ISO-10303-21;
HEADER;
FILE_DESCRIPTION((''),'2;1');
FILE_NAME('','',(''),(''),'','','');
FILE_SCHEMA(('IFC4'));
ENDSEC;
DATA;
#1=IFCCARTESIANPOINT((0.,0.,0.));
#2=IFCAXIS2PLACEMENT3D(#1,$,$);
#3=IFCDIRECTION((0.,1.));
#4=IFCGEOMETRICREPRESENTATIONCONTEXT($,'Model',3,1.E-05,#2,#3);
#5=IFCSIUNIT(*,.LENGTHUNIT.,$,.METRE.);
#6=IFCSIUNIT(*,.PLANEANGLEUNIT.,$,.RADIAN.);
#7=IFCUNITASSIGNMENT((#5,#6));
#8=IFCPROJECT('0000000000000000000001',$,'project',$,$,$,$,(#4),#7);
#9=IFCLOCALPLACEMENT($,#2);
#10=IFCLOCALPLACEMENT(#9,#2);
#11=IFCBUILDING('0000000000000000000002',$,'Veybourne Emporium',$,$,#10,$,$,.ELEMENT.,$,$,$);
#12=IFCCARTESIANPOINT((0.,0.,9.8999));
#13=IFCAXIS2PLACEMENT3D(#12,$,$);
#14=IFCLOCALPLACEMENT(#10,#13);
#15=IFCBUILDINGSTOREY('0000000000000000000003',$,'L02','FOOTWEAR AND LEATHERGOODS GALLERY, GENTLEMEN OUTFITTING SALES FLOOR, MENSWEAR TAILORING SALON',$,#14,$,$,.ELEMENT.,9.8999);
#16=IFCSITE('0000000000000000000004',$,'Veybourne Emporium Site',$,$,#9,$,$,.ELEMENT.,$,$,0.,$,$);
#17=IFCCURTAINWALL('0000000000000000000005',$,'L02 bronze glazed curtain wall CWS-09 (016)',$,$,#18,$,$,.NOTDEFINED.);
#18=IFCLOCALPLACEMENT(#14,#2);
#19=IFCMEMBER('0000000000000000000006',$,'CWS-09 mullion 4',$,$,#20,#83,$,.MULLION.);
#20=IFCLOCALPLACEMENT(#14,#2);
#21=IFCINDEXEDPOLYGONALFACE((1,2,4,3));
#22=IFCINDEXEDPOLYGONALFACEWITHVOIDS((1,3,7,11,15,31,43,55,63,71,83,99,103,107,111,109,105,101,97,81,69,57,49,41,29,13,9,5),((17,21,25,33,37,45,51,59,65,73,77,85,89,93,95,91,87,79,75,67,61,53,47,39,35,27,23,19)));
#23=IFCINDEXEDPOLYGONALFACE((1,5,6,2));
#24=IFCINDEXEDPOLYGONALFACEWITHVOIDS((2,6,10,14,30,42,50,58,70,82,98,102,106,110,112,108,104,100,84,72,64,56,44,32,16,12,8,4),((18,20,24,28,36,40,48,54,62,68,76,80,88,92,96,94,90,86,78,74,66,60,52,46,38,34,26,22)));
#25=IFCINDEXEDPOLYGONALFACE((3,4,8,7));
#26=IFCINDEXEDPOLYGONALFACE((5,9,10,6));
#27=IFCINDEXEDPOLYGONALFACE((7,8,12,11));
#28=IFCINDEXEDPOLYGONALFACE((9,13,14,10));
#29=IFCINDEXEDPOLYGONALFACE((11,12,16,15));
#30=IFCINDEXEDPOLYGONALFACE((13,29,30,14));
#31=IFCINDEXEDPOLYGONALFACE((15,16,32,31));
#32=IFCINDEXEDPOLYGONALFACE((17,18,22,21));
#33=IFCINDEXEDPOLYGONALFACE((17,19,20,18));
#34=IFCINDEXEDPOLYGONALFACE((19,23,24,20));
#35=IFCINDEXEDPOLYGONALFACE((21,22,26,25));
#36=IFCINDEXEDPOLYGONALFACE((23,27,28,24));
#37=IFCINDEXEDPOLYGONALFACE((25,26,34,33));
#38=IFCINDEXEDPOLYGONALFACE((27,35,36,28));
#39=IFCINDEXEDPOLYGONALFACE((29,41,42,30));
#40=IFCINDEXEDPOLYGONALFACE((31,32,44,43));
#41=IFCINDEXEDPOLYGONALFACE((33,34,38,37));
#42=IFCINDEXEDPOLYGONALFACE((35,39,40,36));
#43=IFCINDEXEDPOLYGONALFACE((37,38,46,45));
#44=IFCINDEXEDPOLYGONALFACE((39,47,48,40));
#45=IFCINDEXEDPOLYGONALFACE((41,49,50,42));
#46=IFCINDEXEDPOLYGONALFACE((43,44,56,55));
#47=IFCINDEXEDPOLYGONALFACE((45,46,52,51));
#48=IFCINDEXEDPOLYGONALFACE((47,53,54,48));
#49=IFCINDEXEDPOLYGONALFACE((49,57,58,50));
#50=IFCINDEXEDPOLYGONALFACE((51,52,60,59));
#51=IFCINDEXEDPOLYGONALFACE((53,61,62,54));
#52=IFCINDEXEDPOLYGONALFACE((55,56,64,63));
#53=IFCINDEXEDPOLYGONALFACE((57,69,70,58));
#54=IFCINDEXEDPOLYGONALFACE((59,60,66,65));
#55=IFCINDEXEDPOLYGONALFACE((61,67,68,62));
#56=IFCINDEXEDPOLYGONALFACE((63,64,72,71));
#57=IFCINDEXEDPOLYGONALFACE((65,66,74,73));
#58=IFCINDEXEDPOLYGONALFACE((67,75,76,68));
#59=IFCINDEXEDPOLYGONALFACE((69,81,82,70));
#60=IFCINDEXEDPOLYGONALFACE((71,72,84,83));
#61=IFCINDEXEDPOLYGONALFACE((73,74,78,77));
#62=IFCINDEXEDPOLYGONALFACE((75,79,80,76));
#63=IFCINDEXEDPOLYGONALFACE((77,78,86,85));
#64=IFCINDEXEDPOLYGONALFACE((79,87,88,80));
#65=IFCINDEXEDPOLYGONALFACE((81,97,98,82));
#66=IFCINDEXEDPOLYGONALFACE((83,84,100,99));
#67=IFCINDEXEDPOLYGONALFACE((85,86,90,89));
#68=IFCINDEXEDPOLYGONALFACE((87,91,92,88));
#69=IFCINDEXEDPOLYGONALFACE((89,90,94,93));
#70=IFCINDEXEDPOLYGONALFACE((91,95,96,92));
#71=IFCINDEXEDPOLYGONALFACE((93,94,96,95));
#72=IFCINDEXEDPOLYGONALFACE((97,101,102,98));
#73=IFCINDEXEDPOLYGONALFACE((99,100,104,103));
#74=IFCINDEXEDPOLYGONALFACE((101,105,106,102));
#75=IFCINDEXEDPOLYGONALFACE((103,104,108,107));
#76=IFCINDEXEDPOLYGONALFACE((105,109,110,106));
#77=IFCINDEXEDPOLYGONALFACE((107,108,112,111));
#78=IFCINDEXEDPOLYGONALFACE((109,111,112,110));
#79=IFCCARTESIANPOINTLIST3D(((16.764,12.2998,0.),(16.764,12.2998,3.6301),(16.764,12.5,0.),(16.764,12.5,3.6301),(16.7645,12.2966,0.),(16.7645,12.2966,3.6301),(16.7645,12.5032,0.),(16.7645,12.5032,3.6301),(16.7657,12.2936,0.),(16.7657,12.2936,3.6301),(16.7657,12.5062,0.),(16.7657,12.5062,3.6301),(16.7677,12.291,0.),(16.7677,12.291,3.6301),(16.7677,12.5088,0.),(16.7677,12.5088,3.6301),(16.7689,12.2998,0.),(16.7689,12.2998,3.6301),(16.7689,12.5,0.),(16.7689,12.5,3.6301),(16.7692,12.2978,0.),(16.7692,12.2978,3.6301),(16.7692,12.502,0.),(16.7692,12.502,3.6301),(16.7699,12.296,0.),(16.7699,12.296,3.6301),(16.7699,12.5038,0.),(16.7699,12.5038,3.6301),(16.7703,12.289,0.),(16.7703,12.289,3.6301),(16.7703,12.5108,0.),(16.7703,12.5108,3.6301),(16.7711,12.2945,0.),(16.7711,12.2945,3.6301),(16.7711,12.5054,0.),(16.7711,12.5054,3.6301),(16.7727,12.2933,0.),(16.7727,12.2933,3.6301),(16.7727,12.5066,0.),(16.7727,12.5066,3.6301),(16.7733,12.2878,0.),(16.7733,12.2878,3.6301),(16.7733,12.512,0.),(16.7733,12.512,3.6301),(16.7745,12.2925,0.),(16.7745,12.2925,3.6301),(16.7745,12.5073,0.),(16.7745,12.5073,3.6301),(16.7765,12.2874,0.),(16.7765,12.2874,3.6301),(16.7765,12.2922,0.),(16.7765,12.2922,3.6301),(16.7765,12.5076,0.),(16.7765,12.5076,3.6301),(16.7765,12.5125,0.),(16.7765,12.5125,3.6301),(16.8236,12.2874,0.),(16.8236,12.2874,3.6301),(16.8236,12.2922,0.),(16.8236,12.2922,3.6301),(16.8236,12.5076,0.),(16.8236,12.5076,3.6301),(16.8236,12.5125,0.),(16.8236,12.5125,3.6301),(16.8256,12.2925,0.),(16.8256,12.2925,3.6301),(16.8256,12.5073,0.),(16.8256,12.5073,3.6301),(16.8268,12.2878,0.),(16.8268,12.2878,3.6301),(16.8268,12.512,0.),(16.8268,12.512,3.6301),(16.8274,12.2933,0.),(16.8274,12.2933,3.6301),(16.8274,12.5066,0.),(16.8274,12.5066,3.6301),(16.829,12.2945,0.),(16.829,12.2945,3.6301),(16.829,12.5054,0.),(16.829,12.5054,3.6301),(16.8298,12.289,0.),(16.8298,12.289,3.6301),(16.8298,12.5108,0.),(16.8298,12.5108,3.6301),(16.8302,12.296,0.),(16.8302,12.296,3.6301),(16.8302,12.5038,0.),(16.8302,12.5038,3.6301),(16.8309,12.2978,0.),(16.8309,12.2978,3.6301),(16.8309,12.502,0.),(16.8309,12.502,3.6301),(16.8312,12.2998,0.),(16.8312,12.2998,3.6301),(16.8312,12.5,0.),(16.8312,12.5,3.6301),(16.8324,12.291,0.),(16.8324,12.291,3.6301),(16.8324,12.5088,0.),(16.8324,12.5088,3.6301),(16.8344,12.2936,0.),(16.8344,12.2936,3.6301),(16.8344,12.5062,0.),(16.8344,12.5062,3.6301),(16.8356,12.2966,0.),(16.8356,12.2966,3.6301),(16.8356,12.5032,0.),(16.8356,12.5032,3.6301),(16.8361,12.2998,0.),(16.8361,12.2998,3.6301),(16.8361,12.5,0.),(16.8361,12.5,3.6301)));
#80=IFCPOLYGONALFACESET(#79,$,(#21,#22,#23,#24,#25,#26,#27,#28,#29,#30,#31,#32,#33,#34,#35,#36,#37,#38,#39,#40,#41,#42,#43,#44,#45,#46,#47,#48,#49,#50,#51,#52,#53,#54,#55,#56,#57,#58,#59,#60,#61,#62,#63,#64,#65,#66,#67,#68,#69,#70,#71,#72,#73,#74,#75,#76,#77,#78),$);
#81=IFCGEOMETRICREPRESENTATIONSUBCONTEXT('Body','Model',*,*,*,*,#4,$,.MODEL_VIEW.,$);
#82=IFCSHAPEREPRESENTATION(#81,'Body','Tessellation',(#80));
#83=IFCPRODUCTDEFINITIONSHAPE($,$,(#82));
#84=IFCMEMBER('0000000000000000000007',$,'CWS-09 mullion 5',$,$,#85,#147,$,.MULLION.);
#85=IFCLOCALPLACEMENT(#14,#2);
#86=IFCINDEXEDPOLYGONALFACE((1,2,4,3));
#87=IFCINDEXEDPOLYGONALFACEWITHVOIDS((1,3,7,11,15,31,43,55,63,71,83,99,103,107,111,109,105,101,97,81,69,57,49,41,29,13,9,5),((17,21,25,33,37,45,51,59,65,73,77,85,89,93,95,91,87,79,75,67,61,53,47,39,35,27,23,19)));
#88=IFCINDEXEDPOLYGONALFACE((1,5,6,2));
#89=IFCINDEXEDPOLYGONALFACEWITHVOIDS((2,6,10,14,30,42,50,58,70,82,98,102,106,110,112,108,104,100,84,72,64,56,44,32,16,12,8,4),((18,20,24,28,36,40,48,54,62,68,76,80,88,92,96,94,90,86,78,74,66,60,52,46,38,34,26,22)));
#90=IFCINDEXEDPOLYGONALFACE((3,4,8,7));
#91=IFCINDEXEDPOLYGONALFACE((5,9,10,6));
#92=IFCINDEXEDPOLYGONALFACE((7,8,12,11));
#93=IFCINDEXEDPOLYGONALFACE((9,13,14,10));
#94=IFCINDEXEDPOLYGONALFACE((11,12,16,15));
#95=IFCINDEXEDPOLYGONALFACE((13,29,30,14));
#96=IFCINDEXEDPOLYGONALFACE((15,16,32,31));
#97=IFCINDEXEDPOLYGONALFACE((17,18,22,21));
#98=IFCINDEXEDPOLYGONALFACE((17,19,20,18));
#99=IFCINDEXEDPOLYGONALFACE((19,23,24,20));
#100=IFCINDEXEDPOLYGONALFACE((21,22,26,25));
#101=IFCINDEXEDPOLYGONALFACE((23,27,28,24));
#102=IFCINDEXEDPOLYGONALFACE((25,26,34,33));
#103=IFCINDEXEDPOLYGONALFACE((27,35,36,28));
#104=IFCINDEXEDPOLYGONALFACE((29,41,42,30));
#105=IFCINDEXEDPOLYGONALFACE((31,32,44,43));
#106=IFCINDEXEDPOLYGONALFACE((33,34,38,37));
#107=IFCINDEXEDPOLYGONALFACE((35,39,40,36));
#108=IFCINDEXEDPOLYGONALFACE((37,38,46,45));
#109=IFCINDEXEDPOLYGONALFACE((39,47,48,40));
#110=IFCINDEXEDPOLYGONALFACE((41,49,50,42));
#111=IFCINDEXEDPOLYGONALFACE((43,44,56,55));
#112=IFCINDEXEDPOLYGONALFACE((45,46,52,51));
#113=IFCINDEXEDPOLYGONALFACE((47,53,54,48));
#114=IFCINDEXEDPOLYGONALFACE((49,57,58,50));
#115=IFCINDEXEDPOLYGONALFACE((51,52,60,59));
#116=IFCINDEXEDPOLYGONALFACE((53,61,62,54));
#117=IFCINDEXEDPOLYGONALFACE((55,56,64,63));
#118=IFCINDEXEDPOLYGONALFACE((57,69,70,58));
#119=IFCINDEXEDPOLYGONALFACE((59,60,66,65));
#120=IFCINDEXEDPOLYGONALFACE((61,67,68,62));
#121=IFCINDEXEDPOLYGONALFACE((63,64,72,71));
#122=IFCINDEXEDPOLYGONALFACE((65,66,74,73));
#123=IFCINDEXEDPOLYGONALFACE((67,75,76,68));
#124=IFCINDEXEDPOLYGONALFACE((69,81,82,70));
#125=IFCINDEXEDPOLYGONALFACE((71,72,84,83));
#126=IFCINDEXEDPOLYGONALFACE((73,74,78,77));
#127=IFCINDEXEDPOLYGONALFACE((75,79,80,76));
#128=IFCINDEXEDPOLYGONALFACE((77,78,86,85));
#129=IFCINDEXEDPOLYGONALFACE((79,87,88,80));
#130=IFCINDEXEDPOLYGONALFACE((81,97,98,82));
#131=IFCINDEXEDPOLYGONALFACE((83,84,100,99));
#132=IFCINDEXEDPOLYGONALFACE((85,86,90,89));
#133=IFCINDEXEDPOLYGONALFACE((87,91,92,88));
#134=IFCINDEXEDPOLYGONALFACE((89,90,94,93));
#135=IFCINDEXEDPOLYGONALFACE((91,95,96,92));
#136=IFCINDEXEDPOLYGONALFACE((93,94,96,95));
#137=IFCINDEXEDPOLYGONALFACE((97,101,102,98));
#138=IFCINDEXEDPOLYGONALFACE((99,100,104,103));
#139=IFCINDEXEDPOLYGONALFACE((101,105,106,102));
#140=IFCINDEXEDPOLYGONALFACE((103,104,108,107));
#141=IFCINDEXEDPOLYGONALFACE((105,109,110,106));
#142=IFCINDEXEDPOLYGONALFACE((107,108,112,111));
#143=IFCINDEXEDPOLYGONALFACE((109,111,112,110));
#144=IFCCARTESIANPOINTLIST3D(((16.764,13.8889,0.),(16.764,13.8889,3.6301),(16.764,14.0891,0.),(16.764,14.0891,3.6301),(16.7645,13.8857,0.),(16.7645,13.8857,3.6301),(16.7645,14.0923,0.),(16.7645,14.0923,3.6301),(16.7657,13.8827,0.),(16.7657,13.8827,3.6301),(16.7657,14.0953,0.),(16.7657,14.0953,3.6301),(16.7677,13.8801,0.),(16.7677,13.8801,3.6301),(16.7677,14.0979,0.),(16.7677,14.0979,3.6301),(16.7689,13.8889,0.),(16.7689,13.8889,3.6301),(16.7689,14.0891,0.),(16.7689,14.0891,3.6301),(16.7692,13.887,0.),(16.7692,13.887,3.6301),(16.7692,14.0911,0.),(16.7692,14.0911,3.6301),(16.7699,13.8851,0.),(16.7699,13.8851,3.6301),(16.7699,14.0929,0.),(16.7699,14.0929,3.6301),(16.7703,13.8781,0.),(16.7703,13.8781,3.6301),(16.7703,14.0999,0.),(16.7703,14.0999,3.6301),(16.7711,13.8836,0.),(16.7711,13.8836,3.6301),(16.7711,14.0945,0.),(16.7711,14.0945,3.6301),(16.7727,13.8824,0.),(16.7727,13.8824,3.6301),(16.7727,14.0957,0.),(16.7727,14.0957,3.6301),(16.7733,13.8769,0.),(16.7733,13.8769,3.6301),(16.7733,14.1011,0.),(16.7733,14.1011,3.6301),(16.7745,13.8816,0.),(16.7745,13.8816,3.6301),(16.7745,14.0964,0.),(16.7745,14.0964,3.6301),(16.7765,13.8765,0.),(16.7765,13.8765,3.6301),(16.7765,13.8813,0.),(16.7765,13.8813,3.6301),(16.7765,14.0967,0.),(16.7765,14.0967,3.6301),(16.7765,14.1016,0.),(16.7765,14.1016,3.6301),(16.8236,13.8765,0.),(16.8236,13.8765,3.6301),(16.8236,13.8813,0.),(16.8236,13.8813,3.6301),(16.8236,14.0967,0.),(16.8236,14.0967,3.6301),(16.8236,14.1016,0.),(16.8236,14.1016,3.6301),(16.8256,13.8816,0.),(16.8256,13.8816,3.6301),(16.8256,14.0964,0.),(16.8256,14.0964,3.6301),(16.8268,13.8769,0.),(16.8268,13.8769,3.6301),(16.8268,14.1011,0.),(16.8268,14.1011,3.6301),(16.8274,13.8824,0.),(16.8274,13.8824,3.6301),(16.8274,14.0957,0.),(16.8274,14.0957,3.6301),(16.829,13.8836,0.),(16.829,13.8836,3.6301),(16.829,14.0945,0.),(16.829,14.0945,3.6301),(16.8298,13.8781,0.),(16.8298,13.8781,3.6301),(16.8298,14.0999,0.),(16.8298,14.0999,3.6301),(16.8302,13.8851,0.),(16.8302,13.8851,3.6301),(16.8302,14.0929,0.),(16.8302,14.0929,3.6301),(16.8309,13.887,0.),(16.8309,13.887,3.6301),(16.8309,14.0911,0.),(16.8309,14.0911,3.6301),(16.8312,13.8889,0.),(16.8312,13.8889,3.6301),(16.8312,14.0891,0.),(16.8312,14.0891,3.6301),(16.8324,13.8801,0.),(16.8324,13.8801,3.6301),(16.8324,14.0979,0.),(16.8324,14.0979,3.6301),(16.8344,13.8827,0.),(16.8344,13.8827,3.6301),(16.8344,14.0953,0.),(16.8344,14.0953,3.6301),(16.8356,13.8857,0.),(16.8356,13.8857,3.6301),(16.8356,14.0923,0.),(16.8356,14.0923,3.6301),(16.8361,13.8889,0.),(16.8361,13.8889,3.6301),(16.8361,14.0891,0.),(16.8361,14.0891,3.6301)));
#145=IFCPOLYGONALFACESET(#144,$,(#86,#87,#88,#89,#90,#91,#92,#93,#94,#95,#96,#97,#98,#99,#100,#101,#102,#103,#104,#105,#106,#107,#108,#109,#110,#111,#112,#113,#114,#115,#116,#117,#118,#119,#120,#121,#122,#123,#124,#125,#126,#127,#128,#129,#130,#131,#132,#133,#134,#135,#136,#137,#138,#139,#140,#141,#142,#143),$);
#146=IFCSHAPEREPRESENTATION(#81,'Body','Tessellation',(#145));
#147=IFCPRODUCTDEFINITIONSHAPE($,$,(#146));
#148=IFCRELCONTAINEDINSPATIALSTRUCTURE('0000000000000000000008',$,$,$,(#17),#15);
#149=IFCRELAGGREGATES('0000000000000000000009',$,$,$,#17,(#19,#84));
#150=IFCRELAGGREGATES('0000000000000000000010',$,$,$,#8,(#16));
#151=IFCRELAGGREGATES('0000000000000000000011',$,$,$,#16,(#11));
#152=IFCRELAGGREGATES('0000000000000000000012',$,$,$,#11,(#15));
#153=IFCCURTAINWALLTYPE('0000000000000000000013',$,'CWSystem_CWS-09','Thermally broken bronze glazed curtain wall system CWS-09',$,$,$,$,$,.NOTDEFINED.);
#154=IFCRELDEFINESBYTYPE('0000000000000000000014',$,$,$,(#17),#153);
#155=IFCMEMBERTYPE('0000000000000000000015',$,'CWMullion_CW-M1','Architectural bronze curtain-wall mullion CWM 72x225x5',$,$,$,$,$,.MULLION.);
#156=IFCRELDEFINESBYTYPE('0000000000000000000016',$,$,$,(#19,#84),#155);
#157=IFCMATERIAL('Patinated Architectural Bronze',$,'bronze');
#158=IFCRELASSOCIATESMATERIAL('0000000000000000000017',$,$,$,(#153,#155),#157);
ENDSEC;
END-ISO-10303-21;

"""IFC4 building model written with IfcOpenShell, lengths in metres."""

from ifc_helpers import new_model, si_unit, direction, frame, origin, origin_2d, place, context, subcontext, project, spatial, hollow_rectangle, extrude, material, material_profile, profile_set, type_object, element, aggregate, save


model = new_model("IFC4")

# Units and contexts
model_context = context("Model", 3, precision=1e-05, world=origin(), true_north=direction((0.0, 1.0)))
body_context = subcontext(model_context, "Body", "Model", "MODEL_VIEW")
ifc_project = project(units=[si_unit("LENGTHUNIT", "METRE"), si_unit("PLANEANGLEUNIT", "RADIAN")], contexts=[model_context])

# Site, building, storey
site_placement = place(None, origin())
site = spatial("IfcSite", under=ifc_project, at=site_placement, Name="Veybourne Emporium Site", CompositionType="ELEMENT", RefElevation=0.0)
building_placement = place(site_placement, origin())
building = spatial("IfcBuilding", under=site, at=building_placement, Name="Veybourne Emporium", CompositionType="ELEMENT")
storey_placement = place(building_placement, frame((0.0, 0.0, 9.8999)))
storey = spatial("IfcBuildingStorey", under=building, at=storey_placement, Name="L02", Description="FOOTWEAR AND LEATHERGOODS GALLERY, GENTLEMEN OUTFITTING SALES FLOOR, MENSWEAR TAILORING SALON", CompositionType="ELEMENT", Elevation=9.8999)

# Curtain wall, members
ifc_material_1 = material(Name="Patinated Architectural Bronze", Category="bronze")
curtain_wall_type = type_object("IfcCurtainWallType", Name="CWSystem_CWS-09", Description="Thermally broken bronze glazed curtain wall system CWS-09", PredefinedType="NOTDEFINED", material=ifc_material_1)
curtain_wall_placement = place(storey_placement, origin())
curtain_wall = element("IfcCurtainWall", 1, at=curtain_wall_placement, inside=storey, type_object=curtain_wall_type, Name="L02 bronze glazed curtain wall CWS-09 (016)", PredefinedType="NOTDEFINED")
ifc_material_profile_1 = material_profile(ifc_material_1, hollow_rectangle(XDim=0.072, YDim=0.2251, WallThickness=0.0049, InnerFilletRadius=0.0076, OuterFilletRadius=0.0125, at=origin_2d()), Name="CWM 72x225x5")
ifc_profile_set_1 = profile_set([ifc_material_profile_1], Name="Patinated Architectural Bronze")
member_type_1 = type_object("IfcMemberType", Name="CWMullion_CW-M1", Description="Architectural bronze curtain-wall mullion CWM 72x225x5", PredefinedType="MULLION", material=ifc_profile_set_1)
member_1_placement = place(storey_placement, frame((16.8, 12.3999, 0.0), z_axis=(0.0, 0.0, 1.0), x_axis=(-1.0, 0.0, 0.0)))
member_1 = element("IfcMember", 2, at=member_1_placement, type_object=member_type_1, Name="CWS-09 mullion 4", PredefinedType="MULLION", context=body_context, shape_type="SweptSolid", body=[
    extrude(hollow_rectangle(XDim=0.072, YDim=0.2251, WallThickness=0.0049, InnerFilletRadius=0.0076, OuterFilletRadius=0.0125, at=origin_2d()), origin(), (0.0, 0.0, 1.0), 3.6301),
])
member_2_placement = place(storey_placement, frame((16.8, 13.989, 0.0), z_axis=(0.0, 0.0, 1.0), x_axis=(-1.0, 0.0, 0.0)))
member_2 = element("IfcMember", 3, at=member_2_placement, type_object=member_type_1, Name="CWS-09 mullion 5", PredefinedType="MULLION", context=body_context, shape_type="SweptSolid", body=[
    extrude(hollow_rectangle(XDim=0.072, YDim=0.2251, WallThickness=0.0049, InnerFilletRadius=0.0076, OuterFilletRadius=0.0125, at=origin_2d()), origin(), (0.0, 0.0, 1.0), 3.6301),
])
aggregate(curtain_wall, [member_1, member_2])

save(model, "model.ifc")
